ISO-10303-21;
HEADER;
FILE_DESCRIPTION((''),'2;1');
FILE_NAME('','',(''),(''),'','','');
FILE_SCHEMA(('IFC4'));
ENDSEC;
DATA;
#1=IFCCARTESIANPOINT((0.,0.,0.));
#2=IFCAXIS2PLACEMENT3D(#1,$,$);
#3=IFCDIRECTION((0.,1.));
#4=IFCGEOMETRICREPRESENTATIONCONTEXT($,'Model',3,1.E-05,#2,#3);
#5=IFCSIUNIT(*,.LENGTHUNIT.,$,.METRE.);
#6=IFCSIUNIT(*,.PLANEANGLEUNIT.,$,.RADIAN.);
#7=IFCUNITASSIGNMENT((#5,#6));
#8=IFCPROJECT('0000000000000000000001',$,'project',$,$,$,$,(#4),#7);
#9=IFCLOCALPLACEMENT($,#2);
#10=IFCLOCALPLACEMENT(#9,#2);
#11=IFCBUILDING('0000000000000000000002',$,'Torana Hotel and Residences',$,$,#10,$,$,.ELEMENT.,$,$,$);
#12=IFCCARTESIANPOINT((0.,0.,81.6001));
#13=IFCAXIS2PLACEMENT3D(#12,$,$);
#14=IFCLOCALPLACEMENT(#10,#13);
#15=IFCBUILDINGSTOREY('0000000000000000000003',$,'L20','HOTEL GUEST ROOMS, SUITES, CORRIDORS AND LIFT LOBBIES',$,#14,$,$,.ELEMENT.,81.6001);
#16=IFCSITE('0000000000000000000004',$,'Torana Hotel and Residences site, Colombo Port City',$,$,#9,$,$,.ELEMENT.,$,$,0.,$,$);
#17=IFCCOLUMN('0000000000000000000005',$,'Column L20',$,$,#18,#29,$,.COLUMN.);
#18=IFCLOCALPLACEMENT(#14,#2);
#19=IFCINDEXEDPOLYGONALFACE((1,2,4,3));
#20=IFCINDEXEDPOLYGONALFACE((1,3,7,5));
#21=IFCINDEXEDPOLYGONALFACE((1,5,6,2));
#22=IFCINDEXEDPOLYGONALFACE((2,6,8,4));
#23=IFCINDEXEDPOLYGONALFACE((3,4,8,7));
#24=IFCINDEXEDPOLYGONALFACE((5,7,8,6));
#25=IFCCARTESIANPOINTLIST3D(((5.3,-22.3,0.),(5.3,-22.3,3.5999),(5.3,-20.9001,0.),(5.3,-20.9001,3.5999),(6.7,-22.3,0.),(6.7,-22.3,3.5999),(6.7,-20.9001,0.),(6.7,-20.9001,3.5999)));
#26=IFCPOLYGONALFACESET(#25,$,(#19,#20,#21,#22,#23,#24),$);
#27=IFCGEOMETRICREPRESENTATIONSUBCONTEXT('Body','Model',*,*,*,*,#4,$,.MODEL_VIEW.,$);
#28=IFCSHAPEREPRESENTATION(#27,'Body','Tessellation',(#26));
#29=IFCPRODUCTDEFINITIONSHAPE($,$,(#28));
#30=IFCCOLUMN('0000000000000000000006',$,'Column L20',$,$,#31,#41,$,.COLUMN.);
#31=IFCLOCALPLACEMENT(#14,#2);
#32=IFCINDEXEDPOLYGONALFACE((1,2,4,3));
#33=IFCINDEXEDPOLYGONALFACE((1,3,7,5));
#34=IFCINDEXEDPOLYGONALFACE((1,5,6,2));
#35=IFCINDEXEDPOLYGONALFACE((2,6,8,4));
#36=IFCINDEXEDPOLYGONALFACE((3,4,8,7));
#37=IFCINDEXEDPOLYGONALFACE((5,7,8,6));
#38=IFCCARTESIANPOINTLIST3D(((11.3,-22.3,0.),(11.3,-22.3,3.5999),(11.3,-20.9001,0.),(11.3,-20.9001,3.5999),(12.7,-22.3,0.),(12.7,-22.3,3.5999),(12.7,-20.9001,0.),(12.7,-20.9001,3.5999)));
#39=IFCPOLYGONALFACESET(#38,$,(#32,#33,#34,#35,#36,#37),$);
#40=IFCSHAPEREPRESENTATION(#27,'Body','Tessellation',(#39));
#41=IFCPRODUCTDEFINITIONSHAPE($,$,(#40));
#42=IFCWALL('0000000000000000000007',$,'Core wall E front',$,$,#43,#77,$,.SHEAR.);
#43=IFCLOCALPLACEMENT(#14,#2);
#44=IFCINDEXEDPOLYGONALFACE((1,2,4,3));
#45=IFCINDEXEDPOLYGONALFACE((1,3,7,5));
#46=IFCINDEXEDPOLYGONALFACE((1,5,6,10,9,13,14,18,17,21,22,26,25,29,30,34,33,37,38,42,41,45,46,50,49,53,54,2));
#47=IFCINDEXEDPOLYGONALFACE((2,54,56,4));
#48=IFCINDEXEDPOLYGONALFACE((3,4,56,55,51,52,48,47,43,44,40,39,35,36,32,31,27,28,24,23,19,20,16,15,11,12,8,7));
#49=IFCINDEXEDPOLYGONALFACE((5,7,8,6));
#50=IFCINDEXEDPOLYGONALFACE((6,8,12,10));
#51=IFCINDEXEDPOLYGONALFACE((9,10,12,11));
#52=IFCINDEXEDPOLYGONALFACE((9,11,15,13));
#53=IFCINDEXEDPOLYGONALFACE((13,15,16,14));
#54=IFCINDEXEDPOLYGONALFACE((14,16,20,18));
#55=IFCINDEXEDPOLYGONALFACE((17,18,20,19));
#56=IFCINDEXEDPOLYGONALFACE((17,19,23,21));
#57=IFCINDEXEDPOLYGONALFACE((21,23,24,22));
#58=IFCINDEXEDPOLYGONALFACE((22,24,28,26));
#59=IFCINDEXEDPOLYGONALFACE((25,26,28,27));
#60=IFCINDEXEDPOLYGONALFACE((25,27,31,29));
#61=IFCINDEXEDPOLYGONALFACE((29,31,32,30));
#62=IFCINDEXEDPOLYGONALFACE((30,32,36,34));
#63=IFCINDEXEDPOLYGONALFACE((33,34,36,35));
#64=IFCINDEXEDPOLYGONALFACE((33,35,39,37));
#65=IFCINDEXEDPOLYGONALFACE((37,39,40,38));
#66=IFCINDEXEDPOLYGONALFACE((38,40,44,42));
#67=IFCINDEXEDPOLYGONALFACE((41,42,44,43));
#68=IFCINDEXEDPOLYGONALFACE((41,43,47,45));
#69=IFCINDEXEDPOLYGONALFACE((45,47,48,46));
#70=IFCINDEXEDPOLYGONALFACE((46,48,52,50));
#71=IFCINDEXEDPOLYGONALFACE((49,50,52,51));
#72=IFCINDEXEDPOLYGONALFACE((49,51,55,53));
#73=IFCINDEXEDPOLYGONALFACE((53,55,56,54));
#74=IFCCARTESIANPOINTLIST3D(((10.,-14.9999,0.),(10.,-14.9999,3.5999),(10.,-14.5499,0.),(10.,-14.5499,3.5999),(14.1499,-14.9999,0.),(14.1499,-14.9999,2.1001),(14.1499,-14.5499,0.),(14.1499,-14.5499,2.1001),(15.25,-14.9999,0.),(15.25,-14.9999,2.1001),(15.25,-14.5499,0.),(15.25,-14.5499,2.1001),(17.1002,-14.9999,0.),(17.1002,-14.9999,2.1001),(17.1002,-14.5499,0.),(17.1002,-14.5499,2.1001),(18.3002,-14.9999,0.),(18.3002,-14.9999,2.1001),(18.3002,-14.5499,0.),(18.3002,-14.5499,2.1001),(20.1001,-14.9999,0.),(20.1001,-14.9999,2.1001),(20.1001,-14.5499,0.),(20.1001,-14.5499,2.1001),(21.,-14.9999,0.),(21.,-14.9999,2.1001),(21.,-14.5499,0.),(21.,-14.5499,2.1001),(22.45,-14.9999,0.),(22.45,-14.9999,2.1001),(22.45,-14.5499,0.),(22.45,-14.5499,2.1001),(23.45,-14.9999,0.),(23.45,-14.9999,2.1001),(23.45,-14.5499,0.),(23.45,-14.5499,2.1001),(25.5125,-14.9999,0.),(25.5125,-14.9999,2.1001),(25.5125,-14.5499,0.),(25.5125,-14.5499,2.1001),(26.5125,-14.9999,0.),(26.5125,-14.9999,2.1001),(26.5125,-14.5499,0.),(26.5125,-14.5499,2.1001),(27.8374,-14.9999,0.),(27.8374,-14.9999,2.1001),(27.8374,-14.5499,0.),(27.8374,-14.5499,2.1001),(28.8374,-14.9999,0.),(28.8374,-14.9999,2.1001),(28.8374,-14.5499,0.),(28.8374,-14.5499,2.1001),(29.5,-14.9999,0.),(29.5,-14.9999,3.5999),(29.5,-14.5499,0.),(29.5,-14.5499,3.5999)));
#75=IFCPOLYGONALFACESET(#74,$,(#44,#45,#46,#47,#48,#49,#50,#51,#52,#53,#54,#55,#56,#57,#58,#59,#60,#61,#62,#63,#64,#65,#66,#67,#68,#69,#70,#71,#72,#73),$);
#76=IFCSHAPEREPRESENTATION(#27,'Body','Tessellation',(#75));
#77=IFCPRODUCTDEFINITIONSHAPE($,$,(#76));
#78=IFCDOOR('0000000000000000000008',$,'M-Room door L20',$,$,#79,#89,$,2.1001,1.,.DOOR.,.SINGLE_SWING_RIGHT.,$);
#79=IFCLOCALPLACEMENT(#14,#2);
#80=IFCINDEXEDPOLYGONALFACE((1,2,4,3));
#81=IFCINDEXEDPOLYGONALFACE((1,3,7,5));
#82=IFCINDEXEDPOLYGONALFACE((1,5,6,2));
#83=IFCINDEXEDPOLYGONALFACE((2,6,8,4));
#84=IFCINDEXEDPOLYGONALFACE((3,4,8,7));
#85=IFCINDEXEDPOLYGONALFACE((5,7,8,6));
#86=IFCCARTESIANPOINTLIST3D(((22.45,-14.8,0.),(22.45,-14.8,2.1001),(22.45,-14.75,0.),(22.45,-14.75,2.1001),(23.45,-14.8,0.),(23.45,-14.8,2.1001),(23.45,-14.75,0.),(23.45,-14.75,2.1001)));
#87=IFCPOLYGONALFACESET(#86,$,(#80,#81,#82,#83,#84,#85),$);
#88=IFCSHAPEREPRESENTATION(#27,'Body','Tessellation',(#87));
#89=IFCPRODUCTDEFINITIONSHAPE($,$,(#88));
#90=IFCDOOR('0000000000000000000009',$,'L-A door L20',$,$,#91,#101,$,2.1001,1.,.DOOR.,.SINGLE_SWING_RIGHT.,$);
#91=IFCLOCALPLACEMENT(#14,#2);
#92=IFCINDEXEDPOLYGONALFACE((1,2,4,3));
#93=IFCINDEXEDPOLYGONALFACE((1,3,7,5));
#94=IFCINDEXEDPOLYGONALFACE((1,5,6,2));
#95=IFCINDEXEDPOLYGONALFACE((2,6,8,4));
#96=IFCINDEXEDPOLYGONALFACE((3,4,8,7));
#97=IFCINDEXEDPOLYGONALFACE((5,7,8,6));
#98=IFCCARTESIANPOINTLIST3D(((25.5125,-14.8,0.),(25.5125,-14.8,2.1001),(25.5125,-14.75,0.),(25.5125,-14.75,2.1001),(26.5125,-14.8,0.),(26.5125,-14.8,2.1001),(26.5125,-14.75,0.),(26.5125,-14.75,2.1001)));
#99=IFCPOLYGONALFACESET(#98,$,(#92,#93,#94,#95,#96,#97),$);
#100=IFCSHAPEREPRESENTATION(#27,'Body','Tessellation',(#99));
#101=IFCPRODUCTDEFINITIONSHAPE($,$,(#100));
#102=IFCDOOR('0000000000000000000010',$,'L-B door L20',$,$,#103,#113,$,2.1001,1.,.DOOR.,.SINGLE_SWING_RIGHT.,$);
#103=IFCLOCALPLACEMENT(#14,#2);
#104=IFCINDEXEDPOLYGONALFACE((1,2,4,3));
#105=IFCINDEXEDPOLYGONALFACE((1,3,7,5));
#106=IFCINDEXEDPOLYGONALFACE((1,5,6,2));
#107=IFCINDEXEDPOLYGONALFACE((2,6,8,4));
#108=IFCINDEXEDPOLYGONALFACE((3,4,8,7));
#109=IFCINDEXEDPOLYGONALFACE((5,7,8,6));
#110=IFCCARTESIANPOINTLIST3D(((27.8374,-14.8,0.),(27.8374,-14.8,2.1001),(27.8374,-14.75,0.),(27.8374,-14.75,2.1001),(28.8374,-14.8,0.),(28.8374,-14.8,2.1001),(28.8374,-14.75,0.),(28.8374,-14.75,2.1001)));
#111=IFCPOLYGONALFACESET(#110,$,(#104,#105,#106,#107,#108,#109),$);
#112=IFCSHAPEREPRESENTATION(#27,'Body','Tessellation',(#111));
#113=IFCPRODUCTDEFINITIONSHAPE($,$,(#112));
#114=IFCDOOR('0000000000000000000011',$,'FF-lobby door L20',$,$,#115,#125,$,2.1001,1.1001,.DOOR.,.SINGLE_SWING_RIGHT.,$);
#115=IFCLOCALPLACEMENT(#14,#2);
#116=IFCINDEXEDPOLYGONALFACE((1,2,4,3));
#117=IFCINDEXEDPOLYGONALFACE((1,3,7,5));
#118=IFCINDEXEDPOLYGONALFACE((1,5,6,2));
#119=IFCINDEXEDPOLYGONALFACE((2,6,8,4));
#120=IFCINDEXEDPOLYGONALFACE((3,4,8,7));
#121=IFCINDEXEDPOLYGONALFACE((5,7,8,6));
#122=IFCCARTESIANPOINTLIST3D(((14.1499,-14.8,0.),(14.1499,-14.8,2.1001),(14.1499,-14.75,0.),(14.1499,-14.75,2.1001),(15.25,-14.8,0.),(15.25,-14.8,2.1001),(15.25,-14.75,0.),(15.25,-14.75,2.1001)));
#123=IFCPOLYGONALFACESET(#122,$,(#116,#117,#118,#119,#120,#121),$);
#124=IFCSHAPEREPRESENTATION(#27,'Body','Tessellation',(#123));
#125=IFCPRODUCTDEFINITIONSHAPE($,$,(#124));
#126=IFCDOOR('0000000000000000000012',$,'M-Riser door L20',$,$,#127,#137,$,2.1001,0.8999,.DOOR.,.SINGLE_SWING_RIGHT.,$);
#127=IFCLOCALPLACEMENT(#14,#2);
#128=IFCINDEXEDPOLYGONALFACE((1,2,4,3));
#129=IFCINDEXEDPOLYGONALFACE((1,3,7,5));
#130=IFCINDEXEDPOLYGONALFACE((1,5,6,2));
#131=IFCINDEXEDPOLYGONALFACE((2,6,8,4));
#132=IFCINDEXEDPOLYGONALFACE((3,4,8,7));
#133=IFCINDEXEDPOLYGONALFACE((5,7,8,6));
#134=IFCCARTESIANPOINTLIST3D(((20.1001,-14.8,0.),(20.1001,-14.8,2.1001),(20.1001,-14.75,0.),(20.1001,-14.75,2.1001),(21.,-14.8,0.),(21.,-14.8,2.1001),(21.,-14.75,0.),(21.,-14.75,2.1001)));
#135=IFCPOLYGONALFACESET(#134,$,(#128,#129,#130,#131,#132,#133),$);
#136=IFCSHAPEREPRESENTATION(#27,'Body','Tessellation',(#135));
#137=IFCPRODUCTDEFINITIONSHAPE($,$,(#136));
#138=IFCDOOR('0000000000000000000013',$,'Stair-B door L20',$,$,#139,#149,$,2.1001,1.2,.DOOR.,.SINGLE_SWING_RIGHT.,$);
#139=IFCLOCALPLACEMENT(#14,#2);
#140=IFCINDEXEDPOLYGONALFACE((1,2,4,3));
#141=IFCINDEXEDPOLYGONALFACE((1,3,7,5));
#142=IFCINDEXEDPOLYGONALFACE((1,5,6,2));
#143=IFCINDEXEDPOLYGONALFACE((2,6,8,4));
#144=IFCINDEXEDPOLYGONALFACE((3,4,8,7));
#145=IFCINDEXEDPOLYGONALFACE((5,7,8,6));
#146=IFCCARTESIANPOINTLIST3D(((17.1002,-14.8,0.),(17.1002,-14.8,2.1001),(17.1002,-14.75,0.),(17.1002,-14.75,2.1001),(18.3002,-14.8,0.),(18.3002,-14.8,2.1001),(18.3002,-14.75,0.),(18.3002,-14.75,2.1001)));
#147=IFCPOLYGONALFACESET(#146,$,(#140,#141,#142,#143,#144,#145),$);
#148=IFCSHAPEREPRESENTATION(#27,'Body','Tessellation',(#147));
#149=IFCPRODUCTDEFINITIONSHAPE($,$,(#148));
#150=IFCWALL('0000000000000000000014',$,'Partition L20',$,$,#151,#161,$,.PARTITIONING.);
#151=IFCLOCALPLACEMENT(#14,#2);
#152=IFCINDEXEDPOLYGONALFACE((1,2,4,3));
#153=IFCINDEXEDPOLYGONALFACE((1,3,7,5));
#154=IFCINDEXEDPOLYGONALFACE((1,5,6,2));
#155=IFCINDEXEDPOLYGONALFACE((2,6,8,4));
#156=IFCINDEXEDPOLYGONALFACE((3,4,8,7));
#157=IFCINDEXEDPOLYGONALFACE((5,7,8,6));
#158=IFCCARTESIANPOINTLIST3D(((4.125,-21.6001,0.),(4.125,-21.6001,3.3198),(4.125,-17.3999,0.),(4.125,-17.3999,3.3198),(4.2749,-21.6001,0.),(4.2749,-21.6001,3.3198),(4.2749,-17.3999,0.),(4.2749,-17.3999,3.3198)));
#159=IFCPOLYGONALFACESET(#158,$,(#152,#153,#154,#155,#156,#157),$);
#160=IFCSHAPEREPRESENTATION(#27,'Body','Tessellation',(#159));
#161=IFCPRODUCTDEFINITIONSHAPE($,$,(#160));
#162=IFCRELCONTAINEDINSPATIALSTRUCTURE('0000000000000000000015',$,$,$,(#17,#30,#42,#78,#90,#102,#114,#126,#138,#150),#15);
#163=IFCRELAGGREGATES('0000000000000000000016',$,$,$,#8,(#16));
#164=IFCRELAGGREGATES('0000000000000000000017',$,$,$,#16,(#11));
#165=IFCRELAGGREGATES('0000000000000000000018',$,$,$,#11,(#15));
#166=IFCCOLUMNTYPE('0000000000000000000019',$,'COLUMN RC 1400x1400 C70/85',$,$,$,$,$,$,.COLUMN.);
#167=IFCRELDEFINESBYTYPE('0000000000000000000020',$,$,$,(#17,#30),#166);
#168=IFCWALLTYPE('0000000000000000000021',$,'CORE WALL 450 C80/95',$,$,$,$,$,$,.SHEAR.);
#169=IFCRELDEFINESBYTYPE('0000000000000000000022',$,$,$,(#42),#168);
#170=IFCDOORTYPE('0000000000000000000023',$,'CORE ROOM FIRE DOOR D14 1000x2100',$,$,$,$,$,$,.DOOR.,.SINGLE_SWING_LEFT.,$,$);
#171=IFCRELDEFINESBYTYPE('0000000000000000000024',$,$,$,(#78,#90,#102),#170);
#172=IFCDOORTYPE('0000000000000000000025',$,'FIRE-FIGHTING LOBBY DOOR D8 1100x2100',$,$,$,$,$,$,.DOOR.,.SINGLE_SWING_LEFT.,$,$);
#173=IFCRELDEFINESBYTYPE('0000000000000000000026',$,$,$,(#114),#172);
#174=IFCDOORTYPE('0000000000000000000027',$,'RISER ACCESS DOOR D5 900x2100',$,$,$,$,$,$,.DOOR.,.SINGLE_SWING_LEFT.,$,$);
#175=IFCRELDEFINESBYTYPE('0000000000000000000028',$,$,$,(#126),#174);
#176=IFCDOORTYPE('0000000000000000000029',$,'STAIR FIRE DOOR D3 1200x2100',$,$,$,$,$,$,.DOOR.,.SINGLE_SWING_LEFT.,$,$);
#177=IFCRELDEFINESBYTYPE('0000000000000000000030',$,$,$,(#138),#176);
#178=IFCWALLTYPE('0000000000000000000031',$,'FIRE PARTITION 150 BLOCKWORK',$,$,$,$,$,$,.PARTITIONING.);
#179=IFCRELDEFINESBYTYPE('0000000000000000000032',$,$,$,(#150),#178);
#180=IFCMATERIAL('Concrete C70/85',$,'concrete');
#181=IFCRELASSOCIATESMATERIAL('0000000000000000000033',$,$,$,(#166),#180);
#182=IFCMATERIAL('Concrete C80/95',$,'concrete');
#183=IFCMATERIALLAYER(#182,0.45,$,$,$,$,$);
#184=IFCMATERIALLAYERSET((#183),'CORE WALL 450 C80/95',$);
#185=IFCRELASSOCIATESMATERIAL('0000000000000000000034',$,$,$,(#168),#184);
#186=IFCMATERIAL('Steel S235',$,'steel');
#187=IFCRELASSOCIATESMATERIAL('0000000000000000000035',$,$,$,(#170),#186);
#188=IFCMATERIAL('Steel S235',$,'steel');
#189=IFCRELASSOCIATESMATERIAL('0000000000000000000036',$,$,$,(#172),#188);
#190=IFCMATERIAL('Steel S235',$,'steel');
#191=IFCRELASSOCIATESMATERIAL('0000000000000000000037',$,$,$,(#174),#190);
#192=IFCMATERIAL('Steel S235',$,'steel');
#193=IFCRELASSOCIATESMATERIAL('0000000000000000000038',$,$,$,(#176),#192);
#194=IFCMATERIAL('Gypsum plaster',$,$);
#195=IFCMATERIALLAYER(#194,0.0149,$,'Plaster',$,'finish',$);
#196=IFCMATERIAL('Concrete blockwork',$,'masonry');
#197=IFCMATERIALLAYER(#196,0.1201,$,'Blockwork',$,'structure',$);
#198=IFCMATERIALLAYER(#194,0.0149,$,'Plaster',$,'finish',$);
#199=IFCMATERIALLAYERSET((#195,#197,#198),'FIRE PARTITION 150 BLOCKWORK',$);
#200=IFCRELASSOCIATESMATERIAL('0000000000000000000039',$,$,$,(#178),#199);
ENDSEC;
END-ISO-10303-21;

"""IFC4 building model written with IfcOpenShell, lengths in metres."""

from ifc_helpers import new_model, si_unit, direction, frame, frame_2d, origin, origin_2d, place, context, subcontext, project, spatial, rectangle, extrude, material, layer, layer_set, material_profile, profile_set, type_object, element, fill, save


model = new_model("IFC4")

# Units and contexts
model_context = context("Model", 3, precision=1e-05, world=origin(), true_north=direction((0.0, 1.0)))
body_context = subcontext(model_context, "Body", "Model", "MODEL_VIEW")
ifc_project = project(units=[si_unit("LENGTHUNIT", "METRE"), si_unit("PLANEANGLEUNIT", "RADIAN")], contexts=[model_context])

# Site, building, storey
site_placement = place(None, origin())
site = spatial("IfcSite", under=ifc_project, at=site_placement, Name="Torana Hotel and Residences site, Colombo Port City", CompositionType="ELEMENT", RefElevation=0.0)
building_placement = place(site_placement, origin())
building = spatial("IfcBuilding", under=site, at=building_placement, Name="Torana Hotel and Residences", CompositionType="ELEMENT")
storey_placement = place(building_placement, frame((0.0, 0.0, 81.6001)))
storey = spatial("IfcBuildingStorey", under=building, at=storey_placement, Name="L20", Description="HOTEL GUEST ROOMS, SUITES, CORRIDORS AND LIFT LOBBIES", CompositionType="ELEMENT", Elevation=81.6001)

# Columns
ifc_material_1 = material(Name="Concrete C70/85", Category="concrete")
ifc_material_profile = material_profile(ifc_material_1, rectangle(XDim=1.3999, YDim=1.3999, at=origin_2d()), Name="RC 1400x1400")
ifc_profile_set = profile_set([ifc_material_profile], Name="Concrete C70/85")
column_type = type_object("IfcColumnType", Name="COLUMN RC 1400x1400 C70/85", PredefinedType="COLUMN", material=ifc_profile_set)
for number, where, z_axis, x_axis, name in (
    (1, (6.0, -21.6001, 0.0), (0.0, 0.0, 1.0), (1.0, 0.0, 0.0), "Column L20"),
    (2, (12.0, -21.6001, 0.0), (0.0, 0.0, 1.0), (1.0, 0.0, 0.0), "Column L20"),
):
    element("IfcColumn", number, at=place(storey_placement, frame(where, z_axis=z_axis, x_axis=x_axis)), inside=storey, type_object=column_type, Name=name, PredefinedType="COLUMN", context=body_context, shape_type="SweptSolid", body=[
        extrude(rectangle(XDim=1.3999, YDim=1.3999, at=origin_2d()), origin(), (0.0, 0.0, 1.0), 3.5999),
    ])

# Wall, openings, doors
ifc_material_2 = material(Name="Concrete C80/95", Category="concrete")
ifc_layer_1 = layer(ifc_material_2, 0.45)
ifc_layer_set_1 = layer_set([ifc_layer_1], Name="CORE WALL 450 C80/95")
wall_type_1 = type_object("IfcWallType", Name="CORE WALL 450 C80/95", PredefinedType="SHEAR", material=ifc_layer_set_1)
wall_1_placement = place(storey_placement, frame((10.0, -14.7749, 0.0), z_axis=(0.0, 0.0, 1.0), x_axis=(1.0, 0.0, 0.0)))
wall_1 = element("IfcWall", 3, at=wall_1_placement, inside=storey, type_object=wall_type_1, Name="Core wall E front", PredefinedType="SHEAR", context=body_context, shape_type="SweptSolid", body=[
    extrude(rectangle(XDim=19.5, YDim=0.45, at=frame_2d((9.75, 0.0))), origin(), (0.0, 0.0, 1.0), 3.5999),
])
opening_1_placement = place(wall_1_placement, frame((7.1001, 0.0, 0.0)))
opening_1 = element("IfcOpeningElement", 4, at=opening_1_placement, cuts=wall_1, PredefinedType="OPENING", context=body_context, shape_type="SweptSolid", body=[
    extrude(rectangle(XDim=1.2, YDim=2.1001, at=frame_2d((0.6001, 1.05))), frame((0.0, 0.2349, 0.0), z_axis=(0.0, -1.0, 0.0), x_axis=(1.0, 0.0, 0.0)), (0.0, 0.0, 1.0), 0.47),
])
opening_2_placement = place(wall_1_placement, frame((4.1499, 0.0, 0.0)))
opening_2 = element("IfcOpeningElement", 5, at=opening_2_placement, cuts=wall_1, PredefinedType="OPENING", context=body_context, shape_type="SweptSolid", body=[
    extrude(rectangle(XDim=1.1001, YDim=2.1001, at=frame_2d((0.55, 1.05))), frame((0.0, 0.2349, 0.0), z_axis=(0.0, -1.0, 0.0), x_axis=(1.0, 0.0, 0.0)), (0.0, 0.0, 1.0), 0.47),
])
opening_3_placement = place(wall_1_placement, frame((10.1001, 0.0, 0.0)))
opening_3 = element("IfcOpeningElement", 6, at=opening_3_placement, cuts=wall_1, PredefinedType="OPENING", context=body_context, shape_type="SweptSolid", body=[
    extrude(rectangle(XDim=0.8999, YDim=2.1001, at=frame_2d((0.45, 1.05))), frame((0.0, 0.2349, 0.0), z_axis=(0.0, -1.0, 0.0), x_axis=(1.0, 0.0, 0.0)), (0.0, 0.0, 1.0), 0.47),
])
opening_4_placement = place(wall_1_placement, frame((12.45, 0.0, 0.0)))
opening_4 = element("IfcOpeningElement", 7, at=opening_4_placement, cuts=wall_1, PredefinedType="OPENING", context=body_context, shape_type="SweptSolid", body=[
    extrude(rectangle(XDim=1.0, YDim=2.1001, at=frame_2d((0.5, 1.05))), frame((0.0, 0.2349, 0.0), z_axis=(0.0, -1.0, 0.0), x_axis=(1.0, 0.0, 0.0)), (0.0, 0.0, 1.0), 0.47),
])
opening_5_placement = place(wall_1_placement, frame((15.5125, 0.0, 0.0)))
opening_5 = element("IfcOpeningElement", 8, at=opening_5_placement, cuts=wall_1, PredefinedType="OPENING", context=body_context, shape_type="SweptSolid", body=[
    extrude(rectangle(XDim=1.0, YDim=2.1001, at=frame_2d((0.5, 1.05))), frame((0.0, 0.2349, 0.0), z_axis=(0.0, -1.0, 0.0), x_axis=(1.0, 0.0, 0.0)), (0.0, 0.0, 1.0), 0.47),
])
opening_6_placement = place(wall_1_placement, frame((17.8374, 0.0, 0.0)))
opening_6 = element("IfcOpeningElement", 9, at=opening_6_placement, cuts=wall_1, PredefinedType="OPENING", context=body_context, shape_type="SweptSolid", body=[
    extrude(rectangle(XDim=1.0, YDim=2.1001, at=frame_2d((0.5, 1.05))), frame((0.0, 0.2349, 0.0), z_axis=(0.0, -1.0, 0.0), x_axis=(1.0, 0.0, 0.0)), (0.0, 0.0, 1.0), 0.47),
])
ifc_material_3 = material(Name="Steel S235", Category="steel")
door_type_1 = type_object("IfcDoorType", Name="CORE ROOM FIRE DOOR D14 1000x2100", OperationType="SINGLE_SWING_LEFT", PredefinedType="DOOR", material=ifc_material_3)
door_1_placement = place(opening_4_placement, origin())
door_1 = element("IfcDoor", 10, at=door_1_placement, inside=storey, type_object=door_type_1, Name="M-Room door L20", OperationType="SINGLE_SWING_RIGHT", OverallHeight=2.1001, OverallWidth=1.0, PredefinedType="DOOR", context=body_context, shape_type="SweptSolid", body=[
    extrude(rectangle(XDim=1.0, YDim=2.1001, at=frame_2d((0.5, 1.05))), frame((0.0, 0.0249, 0.0), z_axis=(0.0, -1.0, 0.0), x_axis=(1.0, 0.0, 0.0)), (0.0, 0.0, 1.0), 0.05),
])
fill(opening_4, door_1)
door_2_placement = place(opening_5_placement, origin())
door_2 = element("IfcDoor", 11, at=door_2_placement, inside=storey, type_object=door_type_1, Name="L-A door L20", OperationType="SINGLE_SWING_RIGHT", OverallHeight=2.1001, OverallWidth=1.0, PredefinedType="DOOR", context=body_context, shape_type="SweptSolid", body=[
    extrude(rectangle(XDim=1.0, YDim=2.1001, at=frame_2d((0.5, 1.05))), frame((0.0, 0.0249, 0.0), z_axis=(0.0, -1.0, 0.0), x_axis=(1.0, 0.0, 0.0)), (0.0, 0.0, 1.0), 0.05),
])
fill(opening_5, door_2)
door_3_placement = place(opening_6_placement, origin())
door_3 = element("IfcDoor", 12, at=door_3_placement, inside=storey, type_object=door_type_1, Name="L-B door L20", OperationType="SINGLE_SWING_RIGHT", OverallHeight=2.1001, OverallWidth=1.0, PredefinedType="DOOR", context=body_context, shape_type="SweptSolid", body=[
    extrude(rectangle(XDim=1.0, YDim=2.1001, at=frame_2d((0.5, 1.05))), frame((0.0, 0.0249, 0.0), z_axis=(0.0, -1.0, 0.0), x_axis=(1.0, 0.0, 0.0)), (0.0, 0.0, 1.0), 0.05),
])
fill(opening_6, door_3)
ifc_material_4 = material(Name="Steel S235", Category="steel")
door_type_2 = type_object("IfcDoorType", Name="FIRE-FIGHTING LOBBY DOOR D8 1100x2100", OperationType="SINGLE_SWING_LEFT", PredefinedType="DOOR", material=ifc_material_4)
door_4_placement = place(opening_2_placement, origin())
door_4 = element("IfcDoor", 13, at=door_4_placement, inside=storey, type_object=door_type_2, Name="FF-lobby door L20", OperationType="SINGLE_SWING_RIGHT", OverallHeight=2.1001, OverallWidth=1.1001, PredefinedType="DOOR", context=body_context, shape_type="SweptSolid", body=[
    extrude(rectangle(XDim=1.1001, YDim=2.1001, at=frame_2d((0.55, 1.05))), frame((0.0, 0.0249, 0.0), z_axis=(0.0, -1.0, 0.0), x_axis=(1.0, 0.0, 0.0)), (0.0, 0.0, 1.0), 0.05),
])
fill(opening_2, door_4)
ifc_material_5 = material(Name="Steel S235", Category="steel")
door_type_3 = type_object("IfcDoorType", Name="RISER ACCESS DOOR D5 900x2100", OperationType="SINGLE_SWING_LEFT", PredefinedType="DOOR", material=ifc_material_5)
door_5_placement = place(opening_3_placement, origin())
door_5 = element("IfcDoor", 14, at=door_5_placement, inside=storey, type_object=door_type_3, Name="M-Riser door L20", OperationType="SINGLE_SWING_RIGHT", OverallHeight=2.1001, OverallWidth=0.8999, PredefinedType="DOOR", context=body_context, shape_type="SweptSolid", body=[
    extrude(rectangle(XDim=0.8999, YDim=2.1001, at=frame_2d((0.45, 1.05))), frame((0.0, 0.0249, 0.0), z_axis=(0.0, -1.0, 0.0), x_axis=(1.0, 0.0, 0.0)), (0.0, 0.0, 1.0), 0.05),
])
fill(opening_3, door_5)
ifc_material_6 = material(Name="Steel S235", Category="steel")
door_type_4 = type_object("IfcDoorType", Name="STAIR FIRE DOOR D3 1200x2100", OperationType="SINGLE_SWING_LEFT", PredefinedType="DOOR", material=ifc_material_6)
door_6_placement = place(opening_1_placement, origin())
door_6 = element("IfcDoor", 15, at=door_6_placement, inside=storey, type_object=door_type_4, Name="Stair-B door L20", OperationType="SINGLE_SWING_RIGHT", OverallHeight=2.1001, OverallWidth=1.2, PredefinedType="DOOR", context=body_context, shape_type="SweptSolid", body=[
    extrude(rectangle(XDim=1.2, YDim=2.1001, at=frame_2d((0.6001, 1.05))), frame((0.0, 0.0249, 0.0), z_axis=(0.0, -1.0, 0.0), x_axis=(1.0, 0.0, 0.0)), (0.0, 0.0, 1.0), 0.05),
])
fill(opening_1, door_6)

# Wall
ifc_material_7 = material(Name="Gypsum plaster")
ifc_layer_2 = layer(ifc_material_7, 0.0149, Name="Plaster", Category="finish")
ifc_material_8 = material(Name="Concrete blockwork", Category="masonry")
ifc_layer_3 = layer(ifc_material_8, 0.1201, Name="Blockwork", Category="structure")
ifc_layer_4 = layer(ifc_material_7, 0.0149, Name="Plaster", Category="finish")
ifc_layer_set_2 = layer_set([ifc_layer_2, ifc_layer_3, ifc_layer_4], Name="FIRE PARTITION 150 BLOCKWORK")
wall_type_2 = type_object("IfcWallType", Name="FIRE PARTITION 150 BLOCKWORK", PredefinedType="PARTITIONING", material=ifc_layer_set_2)
wall_2_placement = place(storey_placement, frame((4.2, -21.6001, 0.0), z_axis=(0.0, 0.0, 1.0), x_axis=(0.0, 1.0, 0.0)))
element("IfcWall", 16, at=wall_2_placement, inside=storey, type_object=wall_type_2, Name="Partition L20", PredefinedType="PARTITIONING", context=body_context, shape_type="SweptSolid", body=[
    extrude(rectangle(XDim=4.2002, YDim=0.1499, at=frame_2d((2.1001, 0.0))), origin(), (0.0, 0.0, 1.0), 3.3198),
])

save(model, "model.ifc")
